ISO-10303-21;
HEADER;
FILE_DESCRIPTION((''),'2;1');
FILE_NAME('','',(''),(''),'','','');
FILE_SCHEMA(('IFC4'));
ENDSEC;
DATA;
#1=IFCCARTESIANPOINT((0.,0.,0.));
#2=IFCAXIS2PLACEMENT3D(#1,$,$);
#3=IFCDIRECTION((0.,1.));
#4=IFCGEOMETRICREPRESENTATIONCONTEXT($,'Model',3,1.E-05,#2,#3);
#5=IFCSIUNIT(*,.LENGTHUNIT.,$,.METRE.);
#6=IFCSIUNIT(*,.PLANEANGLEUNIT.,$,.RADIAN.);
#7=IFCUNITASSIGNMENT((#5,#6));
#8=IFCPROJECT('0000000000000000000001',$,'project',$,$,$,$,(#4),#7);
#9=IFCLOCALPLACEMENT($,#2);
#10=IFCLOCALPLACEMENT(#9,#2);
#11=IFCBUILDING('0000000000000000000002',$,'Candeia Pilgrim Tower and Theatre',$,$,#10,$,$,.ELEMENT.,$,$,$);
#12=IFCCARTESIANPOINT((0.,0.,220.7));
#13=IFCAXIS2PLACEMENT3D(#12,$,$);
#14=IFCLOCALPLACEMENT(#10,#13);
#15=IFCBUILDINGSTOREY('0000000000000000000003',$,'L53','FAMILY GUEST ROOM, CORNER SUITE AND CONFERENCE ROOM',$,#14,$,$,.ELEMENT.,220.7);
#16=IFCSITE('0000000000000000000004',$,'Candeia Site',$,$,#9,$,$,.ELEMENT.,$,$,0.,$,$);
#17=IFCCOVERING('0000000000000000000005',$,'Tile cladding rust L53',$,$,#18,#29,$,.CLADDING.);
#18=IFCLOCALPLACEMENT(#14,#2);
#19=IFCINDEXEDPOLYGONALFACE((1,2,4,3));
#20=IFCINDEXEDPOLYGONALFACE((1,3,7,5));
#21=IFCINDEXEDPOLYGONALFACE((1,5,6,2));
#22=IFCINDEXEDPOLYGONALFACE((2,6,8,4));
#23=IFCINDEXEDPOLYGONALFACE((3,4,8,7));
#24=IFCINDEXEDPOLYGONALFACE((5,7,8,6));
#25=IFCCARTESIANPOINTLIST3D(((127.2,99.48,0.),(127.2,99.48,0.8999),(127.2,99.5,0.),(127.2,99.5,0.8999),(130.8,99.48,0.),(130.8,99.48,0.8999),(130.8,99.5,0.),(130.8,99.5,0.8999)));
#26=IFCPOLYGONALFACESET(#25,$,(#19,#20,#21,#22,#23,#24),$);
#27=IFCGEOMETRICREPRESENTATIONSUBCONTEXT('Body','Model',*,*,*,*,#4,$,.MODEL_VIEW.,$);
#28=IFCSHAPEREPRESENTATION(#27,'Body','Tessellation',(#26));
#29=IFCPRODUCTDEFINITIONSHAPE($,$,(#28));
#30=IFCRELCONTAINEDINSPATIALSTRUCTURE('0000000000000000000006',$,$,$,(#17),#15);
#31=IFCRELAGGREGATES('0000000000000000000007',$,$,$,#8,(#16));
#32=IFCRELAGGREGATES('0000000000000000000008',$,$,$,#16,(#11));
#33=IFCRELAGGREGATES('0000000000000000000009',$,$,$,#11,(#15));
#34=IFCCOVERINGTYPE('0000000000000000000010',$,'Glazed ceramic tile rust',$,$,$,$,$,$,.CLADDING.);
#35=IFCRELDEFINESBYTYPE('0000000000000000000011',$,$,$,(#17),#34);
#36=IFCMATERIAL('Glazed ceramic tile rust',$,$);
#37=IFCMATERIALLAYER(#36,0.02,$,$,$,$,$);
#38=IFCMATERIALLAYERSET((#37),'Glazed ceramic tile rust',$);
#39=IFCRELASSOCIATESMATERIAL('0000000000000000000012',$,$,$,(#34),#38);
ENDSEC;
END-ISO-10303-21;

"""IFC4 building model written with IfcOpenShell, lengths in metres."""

from ifc_helpers import new_model, si_unit, direction, frame, origin, origin_2d, place, context, subcontext, project, spatial, rectangle, extrude, material, layer, layer_set, type_object, element, save


model = new_model("IFC4")

# Units and contexts
model_context = context("Model", 3, precision=1e-05, world=origin(), true_north=direction((0.0, 1.0)))
body_context = subcontext(model_context, "Body", "Model", "MODEL_VIEW")
ifc_project = project(units=[si_unit("LENGTHUNIT", "METRE"), si_unit("PLANEANGLEUNIT", "RADIAN")], contexts=[model_context])

# Site, building, storey
site_placement = place(None, origin())
site = spatial("IfcSite", under=ifc_project, at=site_placement, Name="Candeia Site", CompositionType="ELEMENT", RefElevation=0.0)
building_placement = place(site_placement, origin())
building = spatial("IfcBuilding", under=site, at=building_placement, Name="Candeia Pilgrim Tower and Theatre", CompositionType="ELEMENT")
storey_placement = place(building_placement, frame((0.0, 0.0, 220.7)))
storey = spatial("IfcBuildingStorey", under=building, at=storey_placement, Name="L53", Description="FAMILY GUEST ROOM, CORNER SUITE AND CONFERENCE ROOM", CompositionType="ELEMENT", Elevation=220.7)

# Covering
ifc_material_1 = material(Name="Glazed ceramic tile rust")
ifc_layer_1 = layer(ifc_material_1, 0.02)
ifc_layer_set_1 = layer_set([ifc_layer_1], Name="Glazed ceramic tile rust")
covering_type_1 = type_object("IfcCoveringType", Name="Glazed ceramic tile rust", PredefinedType="CLADDING", material=ifc_layer_set_1)
covering_1_placement = place(storey_placement, frame((129.0, 99.49, 0.0), z_axis=(0.0, 0.0, 1.0), x_axis=(1.0, 0.0, 0.0)))
element("IfcCovering", 1, at=covering_1_placement, inside=storey, type_object=covering_type_1, Name="Tile cladding rust L53", PredefinedType="CLADDING", context=body_context, shape_type="SweptSolid", body=[
    extrude(rectangle(XDim=3.6001, YDim=0.02, at=origin_2d()), origin(), (0.0, 0.0, 1.0), 0.8999),
])

save(model, "model.ifc")
